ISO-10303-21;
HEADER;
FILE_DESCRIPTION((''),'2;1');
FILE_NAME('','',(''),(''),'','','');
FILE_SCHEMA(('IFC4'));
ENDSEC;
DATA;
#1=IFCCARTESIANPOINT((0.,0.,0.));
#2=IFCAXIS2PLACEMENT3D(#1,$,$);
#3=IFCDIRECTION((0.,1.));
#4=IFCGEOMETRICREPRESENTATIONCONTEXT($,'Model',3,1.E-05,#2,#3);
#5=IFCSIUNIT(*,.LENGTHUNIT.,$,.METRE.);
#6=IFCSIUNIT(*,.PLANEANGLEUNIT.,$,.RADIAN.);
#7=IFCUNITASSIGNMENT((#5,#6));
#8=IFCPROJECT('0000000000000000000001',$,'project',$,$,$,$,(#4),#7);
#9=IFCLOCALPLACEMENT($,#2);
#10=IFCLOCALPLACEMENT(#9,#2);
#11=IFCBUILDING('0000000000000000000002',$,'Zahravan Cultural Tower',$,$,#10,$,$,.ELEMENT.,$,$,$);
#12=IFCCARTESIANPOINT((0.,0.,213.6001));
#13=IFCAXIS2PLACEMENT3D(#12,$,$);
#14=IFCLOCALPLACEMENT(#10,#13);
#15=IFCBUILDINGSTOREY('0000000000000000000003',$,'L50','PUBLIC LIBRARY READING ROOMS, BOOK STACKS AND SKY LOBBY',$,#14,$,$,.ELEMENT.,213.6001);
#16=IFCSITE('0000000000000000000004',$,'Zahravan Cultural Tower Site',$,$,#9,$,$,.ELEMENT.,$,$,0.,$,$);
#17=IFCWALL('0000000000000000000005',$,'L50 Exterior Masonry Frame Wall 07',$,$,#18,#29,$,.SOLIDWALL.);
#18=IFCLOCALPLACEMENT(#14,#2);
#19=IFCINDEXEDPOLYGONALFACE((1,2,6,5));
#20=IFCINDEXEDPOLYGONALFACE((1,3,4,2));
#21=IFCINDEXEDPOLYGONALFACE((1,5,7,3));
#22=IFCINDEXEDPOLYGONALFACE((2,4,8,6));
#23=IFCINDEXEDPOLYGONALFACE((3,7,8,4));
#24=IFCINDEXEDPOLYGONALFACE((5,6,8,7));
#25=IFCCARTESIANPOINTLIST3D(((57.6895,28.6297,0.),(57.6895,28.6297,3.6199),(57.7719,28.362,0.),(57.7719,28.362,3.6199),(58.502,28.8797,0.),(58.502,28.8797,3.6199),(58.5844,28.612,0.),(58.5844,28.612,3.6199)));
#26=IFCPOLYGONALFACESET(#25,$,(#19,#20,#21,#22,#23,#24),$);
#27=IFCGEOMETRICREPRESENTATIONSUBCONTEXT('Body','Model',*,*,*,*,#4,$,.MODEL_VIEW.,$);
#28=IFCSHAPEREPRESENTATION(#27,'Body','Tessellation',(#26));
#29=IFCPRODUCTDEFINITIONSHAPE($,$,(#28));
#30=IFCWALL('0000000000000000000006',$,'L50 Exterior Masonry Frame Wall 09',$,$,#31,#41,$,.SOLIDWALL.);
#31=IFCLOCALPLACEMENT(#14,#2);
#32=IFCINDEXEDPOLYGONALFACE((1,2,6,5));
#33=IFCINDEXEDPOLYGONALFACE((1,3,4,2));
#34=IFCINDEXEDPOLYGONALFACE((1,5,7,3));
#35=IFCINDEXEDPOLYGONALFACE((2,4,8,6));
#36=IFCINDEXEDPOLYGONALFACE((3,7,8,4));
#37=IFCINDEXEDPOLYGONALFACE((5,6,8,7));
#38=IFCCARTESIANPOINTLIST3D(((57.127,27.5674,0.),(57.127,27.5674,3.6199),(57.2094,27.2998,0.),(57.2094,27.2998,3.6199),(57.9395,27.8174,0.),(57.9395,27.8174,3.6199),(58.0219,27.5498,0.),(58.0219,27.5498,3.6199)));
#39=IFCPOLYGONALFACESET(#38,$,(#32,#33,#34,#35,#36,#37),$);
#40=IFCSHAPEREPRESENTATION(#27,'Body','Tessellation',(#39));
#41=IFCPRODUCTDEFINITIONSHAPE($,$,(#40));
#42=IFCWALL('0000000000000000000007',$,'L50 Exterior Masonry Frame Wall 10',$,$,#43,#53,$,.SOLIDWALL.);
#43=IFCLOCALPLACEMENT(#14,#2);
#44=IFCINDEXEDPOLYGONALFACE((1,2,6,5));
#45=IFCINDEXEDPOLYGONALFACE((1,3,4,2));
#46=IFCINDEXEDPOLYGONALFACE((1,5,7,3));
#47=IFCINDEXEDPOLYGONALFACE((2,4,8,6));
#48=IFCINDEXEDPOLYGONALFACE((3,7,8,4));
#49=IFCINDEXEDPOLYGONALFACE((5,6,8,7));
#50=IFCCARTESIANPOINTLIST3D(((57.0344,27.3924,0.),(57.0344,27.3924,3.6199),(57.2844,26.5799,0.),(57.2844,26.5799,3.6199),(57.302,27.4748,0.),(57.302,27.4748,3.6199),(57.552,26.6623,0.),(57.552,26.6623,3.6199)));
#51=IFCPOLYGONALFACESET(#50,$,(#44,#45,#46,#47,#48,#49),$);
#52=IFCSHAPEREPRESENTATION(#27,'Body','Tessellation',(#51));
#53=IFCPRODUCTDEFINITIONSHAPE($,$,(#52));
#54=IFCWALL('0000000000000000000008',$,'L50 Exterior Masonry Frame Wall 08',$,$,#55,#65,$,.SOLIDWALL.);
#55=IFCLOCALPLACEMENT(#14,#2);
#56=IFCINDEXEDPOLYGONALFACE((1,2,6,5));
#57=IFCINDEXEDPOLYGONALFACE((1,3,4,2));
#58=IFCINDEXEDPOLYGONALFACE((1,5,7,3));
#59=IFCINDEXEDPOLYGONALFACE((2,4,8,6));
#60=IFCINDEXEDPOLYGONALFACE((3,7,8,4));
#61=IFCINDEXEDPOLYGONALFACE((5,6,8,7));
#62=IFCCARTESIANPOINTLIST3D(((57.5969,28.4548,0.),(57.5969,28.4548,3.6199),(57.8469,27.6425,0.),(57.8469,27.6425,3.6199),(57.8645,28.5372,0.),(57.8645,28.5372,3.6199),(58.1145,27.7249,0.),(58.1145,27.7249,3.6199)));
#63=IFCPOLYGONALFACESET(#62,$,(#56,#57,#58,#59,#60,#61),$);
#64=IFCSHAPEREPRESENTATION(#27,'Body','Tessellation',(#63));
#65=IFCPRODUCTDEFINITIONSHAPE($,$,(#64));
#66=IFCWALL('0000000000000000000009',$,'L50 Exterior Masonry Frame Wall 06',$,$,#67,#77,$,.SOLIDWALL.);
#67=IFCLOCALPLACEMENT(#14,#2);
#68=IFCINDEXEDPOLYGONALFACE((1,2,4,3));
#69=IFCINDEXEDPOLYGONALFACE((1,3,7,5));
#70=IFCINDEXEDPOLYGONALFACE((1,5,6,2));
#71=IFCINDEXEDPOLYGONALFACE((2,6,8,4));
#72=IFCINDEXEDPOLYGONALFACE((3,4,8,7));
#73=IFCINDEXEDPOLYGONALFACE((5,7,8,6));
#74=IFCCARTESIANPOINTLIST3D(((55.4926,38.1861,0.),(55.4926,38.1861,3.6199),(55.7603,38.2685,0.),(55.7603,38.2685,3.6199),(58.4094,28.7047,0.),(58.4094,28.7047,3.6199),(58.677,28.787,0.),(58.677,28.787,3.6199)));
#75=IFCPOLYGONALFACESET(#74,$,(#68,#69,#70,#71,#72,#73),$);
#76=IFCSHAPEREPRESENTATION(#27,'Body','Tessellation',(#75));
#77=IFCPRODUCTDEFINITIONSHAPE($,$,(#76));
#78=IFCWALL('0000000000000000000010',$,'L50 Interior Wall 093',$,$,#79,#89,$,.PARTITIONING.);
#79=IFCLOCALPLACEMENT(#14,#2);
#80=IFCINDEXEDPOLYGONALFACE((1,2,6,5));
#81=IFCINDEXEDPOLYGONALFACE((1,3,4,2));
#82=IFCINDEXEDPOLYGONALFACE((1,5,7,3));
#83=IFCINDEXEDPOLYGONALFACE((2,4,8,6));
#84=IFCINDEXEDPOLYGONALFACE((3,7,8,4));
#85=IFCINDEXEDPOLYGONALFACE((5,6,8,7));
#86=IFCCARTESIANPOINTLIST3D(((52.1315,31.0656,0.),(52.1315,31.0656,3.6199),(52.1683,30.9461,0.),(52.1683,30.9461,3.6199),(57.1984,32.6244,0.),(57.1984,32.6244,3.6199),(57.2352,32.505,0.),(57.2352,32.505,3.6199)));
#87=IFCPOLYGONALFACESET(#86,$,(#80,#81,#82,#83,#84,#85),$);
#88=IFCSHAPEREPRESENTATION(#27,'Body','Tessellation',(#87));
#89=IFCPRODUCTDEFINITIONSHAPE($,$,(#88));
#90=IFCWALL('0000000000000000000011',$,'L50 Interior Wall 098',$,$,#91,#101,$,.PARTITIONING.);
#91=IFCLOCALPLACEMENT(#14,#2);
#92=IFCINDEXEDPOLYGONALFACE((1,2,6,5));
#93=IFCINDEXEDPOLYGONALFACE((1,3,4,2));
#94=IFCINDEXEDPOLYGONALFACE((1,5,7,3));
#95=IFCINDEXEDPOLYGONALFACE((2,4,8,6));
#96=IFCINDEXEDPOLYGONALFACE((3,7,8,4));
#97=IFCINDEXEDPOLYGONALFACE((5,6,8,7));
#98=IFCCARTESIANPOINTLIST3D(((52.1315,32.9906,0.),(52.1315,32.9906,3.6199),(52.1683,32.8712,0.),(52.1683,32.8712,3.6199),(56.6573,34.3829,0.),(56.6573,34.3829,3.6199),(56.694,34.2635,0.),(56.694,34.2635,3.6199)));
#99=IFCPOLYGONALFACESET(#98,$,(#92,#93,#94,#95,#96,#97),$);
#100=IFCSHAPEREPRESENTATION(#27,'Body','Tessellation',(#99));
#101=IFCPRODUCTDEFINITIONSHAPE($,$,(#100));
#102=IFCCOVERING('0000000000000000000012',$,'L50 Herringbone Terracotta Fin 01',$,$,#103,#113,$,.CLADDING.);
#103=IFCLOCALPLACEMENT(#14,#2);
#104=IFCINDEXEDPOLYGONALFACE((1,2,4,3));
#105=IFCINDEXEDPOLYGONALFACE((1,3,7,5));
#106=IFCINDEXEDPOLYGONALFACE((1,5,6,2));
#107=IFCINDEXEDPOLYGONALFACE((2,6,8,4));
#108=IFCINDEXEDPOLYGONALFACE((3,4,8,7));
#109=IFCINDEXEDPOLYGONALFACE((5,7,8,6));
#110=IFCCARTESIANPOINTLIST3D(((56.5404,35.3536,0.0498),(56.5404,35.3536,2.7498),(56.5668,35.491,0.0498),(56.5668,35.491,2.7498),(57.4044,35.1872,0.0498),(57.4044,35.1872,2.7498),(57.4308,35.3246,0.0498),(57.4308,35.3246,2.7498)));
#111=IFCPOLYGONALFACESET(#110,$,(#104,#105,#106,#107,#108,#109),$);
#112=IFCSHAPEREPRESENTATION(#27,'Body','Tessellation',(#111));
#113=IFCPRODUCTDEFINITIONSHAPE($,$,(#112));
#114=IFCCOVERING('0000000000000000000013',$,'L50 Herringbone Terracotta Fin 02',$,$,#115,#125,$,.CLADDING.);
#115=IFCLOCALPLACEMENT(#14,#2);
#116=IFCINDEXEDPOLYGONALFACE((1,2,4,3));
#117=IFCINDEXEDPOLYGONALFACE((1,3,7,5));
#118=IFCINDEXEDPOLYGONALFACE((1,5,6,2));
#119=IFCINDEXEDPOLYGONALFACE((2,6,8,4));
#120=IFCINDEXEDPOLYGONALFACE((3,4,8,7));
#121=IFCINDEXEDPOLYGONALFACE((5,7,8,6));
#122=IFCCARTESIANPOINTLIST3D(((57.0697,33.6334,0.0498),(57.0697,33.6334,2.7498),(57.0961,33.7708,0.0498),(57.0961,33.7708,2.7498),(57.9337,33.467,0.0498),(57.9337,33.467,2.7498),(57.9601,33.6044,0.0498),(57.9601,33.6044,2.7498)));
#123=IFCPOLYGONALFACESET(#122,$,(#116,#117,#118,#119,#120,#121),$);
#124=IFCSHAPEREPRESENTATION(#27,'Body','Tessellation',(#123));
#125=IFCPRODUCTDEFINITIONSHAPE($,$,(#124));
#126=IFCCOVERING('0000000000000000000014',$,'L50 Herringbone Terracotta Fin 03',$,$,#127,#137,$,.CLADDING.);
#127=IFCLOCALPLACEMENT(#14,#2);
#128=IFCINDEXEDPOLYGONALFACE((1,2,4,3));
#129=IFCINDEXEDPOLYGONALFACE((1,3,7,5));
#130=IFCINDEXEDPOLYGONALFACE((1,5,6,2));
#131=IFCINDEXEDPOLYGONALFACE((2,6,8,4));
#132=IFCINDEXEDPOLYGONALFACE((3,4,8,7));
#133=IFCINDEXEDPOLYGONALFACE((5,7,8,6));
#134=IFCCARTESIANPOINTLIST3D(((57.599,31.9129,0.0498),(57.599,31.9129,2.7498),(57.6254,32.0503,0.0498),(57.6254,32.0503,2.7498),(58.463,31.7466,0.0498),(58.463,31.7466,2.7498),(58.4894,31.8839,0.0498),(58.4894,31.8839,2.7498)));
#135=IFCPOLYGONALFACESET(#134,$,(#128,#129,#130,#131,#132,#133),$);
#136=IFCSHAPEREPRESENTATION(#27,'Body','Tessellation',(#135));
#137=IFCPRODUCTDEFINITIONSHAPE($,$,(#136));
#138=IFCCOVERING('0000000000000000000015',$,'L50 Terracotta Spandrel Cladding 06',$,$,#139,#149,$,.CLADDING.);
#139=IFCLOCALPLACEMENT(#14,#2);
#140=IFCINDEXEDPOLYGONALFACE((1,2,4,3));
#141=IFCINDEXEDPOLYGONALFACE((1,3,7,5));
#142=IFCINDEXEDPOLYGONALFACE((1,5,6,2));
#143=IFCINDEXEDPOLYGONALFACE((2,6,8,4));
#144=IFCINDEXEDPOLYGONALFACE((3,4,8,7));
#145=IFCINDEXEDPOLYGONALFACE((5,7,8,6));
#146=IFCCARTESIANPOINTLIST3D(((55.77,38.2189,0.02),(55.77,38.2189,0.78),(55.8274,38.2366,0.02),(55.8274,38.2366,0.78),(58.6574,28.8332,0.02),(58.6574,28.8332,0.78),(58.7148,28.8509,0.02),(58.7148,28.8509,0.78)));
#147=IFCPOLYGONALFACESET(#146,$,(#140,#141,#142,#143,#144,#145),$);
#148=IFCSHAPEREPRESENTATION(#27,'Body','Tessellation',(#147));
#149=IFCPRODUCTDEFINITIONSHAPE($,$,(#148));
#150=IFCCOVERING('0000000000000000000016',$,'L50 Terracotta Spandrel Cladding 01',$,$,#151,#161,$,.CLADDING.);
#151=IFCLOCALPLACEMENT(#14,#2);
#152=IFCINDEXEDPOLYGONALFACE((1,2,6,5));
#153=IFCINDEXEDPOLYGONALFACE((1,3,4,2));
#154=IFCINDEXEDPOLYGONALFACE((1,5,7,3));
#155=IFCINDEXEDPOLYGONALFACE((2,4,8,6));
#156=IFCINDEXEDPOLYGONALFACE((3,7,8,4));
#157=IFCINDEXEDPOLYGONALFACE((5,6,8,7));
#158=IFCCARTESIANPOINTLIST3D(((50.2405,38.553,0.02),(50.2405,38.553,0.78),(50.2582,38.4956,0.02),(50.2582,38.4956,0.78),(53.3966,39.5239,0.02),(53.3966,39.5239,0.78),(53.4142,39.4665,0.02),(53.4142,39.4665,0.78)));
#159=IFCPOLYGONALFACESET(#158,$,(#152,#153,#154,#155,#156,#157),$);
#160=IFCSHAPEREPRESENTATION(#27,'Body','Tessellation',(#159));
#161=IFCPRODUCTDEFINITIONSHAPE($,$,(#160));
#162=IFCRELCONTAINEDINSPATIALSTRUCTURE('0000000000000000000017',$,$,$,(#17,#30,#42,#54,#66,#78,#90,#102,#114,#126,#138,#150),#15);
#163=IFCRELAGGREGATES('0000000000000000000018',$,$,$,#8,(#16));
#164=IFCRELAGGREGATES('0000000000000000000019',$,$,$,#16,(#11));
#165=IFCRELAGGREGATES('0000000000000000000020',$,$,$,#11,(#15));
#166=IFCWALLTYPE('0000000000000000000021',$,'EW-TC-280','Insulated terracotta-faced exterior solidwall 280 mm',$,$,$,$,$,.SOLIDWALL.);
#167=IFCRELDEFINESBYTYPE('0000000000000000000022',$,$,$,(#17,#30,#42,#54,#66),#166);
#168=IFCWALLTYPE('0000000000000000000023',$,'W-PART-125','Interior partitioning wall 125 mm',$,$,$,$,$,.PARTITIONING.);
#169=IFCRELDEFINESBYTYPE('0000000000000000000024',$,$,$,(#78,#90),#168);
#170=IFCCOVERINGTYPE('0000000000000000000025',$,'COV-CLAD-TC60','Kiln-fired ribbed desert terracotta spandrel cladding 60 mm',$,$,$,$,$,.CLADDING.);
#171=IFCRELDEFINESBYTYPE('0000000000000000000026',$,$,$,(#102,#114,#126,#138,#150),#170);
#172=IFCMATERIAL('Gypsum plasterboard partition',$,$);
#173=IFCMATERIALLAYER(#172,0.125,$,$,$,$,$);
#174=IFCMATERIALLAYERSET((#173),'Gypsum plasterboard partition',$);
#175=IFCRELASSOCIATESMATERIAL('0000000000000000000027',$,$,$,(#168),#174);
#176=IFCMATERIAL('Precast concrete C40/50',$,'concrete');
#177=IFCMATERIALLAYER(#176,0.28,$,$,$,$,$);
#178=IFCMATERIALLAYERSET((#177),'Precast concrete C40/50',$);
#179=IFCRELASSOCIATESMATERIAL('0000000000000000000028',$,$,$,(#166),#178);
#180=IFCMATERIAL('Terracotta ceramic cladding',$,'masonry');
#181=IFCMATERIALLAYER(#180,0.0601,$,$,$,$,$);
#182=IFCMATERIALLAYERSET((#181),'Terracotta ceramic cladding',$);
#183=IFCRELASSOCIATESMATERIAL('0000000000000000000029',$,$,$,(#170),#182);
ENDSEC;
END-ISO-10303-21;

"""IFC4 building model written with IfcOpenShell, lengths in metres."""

from ifc_helpers import new_model, si_unit, direction, frame, frame_2d, origin, origin_2d, place, context, subcontext, project, spatial, rectangle, extrude, source, transform, mapped, material, layer, layer_set, type_object, element, save


model = new_model("IFC4")

# Units and contexts
model_context = context("Model", 3, precision=1e-05, world=origin(), true_north=direction((0.0, 1.0)))
body_context = subcontext(model_context, "Body", "Model", "MODEL_VIEW")
ifc_project = project(units=[si_unit("LENGTHUNIT", "METRE"), si_unit("PLANEANGLEUNIT", "RADIAN")], contexts=[model_context])

# Site, building, storey
site_placement = place(None, origin())
site = spatial("IfcSite", under=ifc_project, at=site_placement, Name="Zahravan Cultural Tower Site", CompositionType="ELEMENT", RefElevation=0.0)
building_placement = place(site_placement, origin())
building = spatial("IfcBuilding", under=site, at=building_placement, Name="Zahravan Cultural Tower", CompositionType="ELEMENT")
storey_placement = place(building_placement, frame((0.0, 0.0, 213.6001)))
storey = spatial("IfcBuildingStorey", under=building, at=storey_placement, Name="L50", Description="PUBLIC LIBRARY READING ROOMS, BOOK STACKS AND SKY LOBBY", CompositionType="ELEMENT", Elevation=213.6001)

# Shared definitions
ifc_material_1 = material(Name="Gypsum plasterboard partition")
ifc_layer_1 = layer(ifc_material_1, 0.125)
ifc_layer_set_1 = layer_set([ifc_layer_1], Name="Gypsum plasterboard partition")
wall_type_1 = type_object("IfcWallType", Name="W-PART-125", Description="Interior partitioning wall 125 mm", PredefinedType="PARTITIONING", material=ifc_layer_set_1)

# Walls
ifc_material_2 = material(Name="Precast concrete C40/50", Category="concrete")
ifc_layer_2 = layer(ifc_material_2, 0.28)
ifc_layer_set_2 = layer_set([ifc_layer_2], Name="Precast concrete C40/50")
wall_type_2 = type_object("IfcWallType", Name="EW-TC-280", Description="Insulated terracotta-faced exterior solidwall 280 mm", PredefinedType="SOLIDWALL", material=ifc_layer_set_2)
shared_shape_1 = source(origin(), body_context, "Body", "SweptSolid", [
    extrude(rectangle(XDim=0.8501, YDim=0.28, at=frame_2d((0.425, 0.0))), origin(), (0.0, 0.0, 1.0), 3.6199),
])
for number, where, z_axis, x_axis, name in (
    (1, (58.5432, 28.7458, 0.0), (0.0, 0.0, 1.0), (-0.955779, -0.294086, 0.0), "L50 Exterior Masonry Frame Wall 07"),
    (2, (57.9807, 27.6836, 0.0), (0.0, 0.0, 1.0), (-0.955779, -0.294086, 0.0), "L50 Exterior Masonry Frame Wall 09"),
    (3, (57.1682, 27.4336, 0.0), (0.0, 0.0, 1.0), (0.294086, -0.955779, 0.0), "L50 Exterior Masonry Frame Wall 10"),
):
    element("IfcWall", number, at=place(storey_placement, frame(where, z_axis=z_axis, x_axis=x_axis)), inside=storey, type_object=wall_type_2, Name=name, PredefinedType="SOLIDWALL", context=body_context, shape_type="MappedRepresentation", body=[
        mapped(shared_shape_1, transform((0.0, 0.0, 0.0), x_axis=(1.0, 0.0, 0.0), y_axis=(0.0, 1.0, 0.0), z_axis=(0.0, 0.0, 1.0), scale=1.0)),
    ])
shared_shape_2 = source(origin(), body_context, "Body", "SweptSolid", [
    extrude(rectangle(XDim=0.8499, YDim=0.28, at=frame_2d((0.4248, 0.0))), origin(), (0.0, 0.0, 1.0), 3.6199),
])
wall_1_placement = place(storey_placement, frame((57.7307, 28.4958, 0.0), z_axis=(0.0, 0.0, 1.0), x_axis=(0.294167, -0.955754, 0.0)))
element("IfcWall", 4, at=wall_1_placement, inside=storey, type_object=wall_type_2, Name="L50 Exterior Masonry Frame Wall 08", PredefinedType="SOLIDWALL", context=body_context, shape_type="MappedRepresentation", body=[
    mapped(shared_shape_2, transform((0.0, 0.0, 0.0), x_axis=(1.0, 0.0, 0.0), y_axis=(0.0, 1.0, 0.0), z_axis=(0.0, 0.0, 1.0), scale=1.0)),
])
shared_shape_3 = source(origin(), body_context, "Body", "SweptSolid", [
    extrude(rectangle(XDim=9.9199, YDim=0.28, at=frame_2d((4.96, 0.0))), origin(), (0.0, 0.0, 1.0), 3.6199),
])
wall_2_placement = place(storey_placement, frame((55.6265, 38.2273, 0.0), z_axis=(0.0, 0.0, 1.0), x_axis=(0.294029, -0.955797, 0.0)))
element("IfcWall", 5, at=wall_2_placement, inside=storey, type_object=wall_type_2, Name="L50 Exterior Masonry Frame Wall 06", PredefinedType="SOLIDWALL", context=body_context, shape_type="MappedRepresentation", body=[
    mapped(shared_shape_3, transform((0.0, 0.0, 0.0), x_axis=(1.0, 0.0, 0.0), y_axis=(0.0, 1.0, 0.0), z_axis=(0.0, 0.0, 1.0), scale=1.0)),
])
shared_shape_4 = source(origin(), body_context, "Body", "SweptSolid", [
    extrude(rectangle(XDim=5.3013, YDim=0.125, at=frame_2d((2.6506, 0.0))), origin(), (0.0, 0.0, 1.0), 3.6199),
])
wall_3_placement = place(storey_placement, frame((52.1499, 31.0059, 0.0), z_axis=(0.0, 0.0, 1.0), x_axis=(0.95579, 0.29405, 0.0)))
element("IfcWall", 6, at=wall_3_placement, inside=storey, type_object=wall_type_1, Name="L50 Interior Wall 093", PredefinedType="PARTITIONING", context=body_context, shape_type="MappedRepresentation", body=[
    mapped(shared_shape_4, transform((0.0, 0.0, 0.0), x_axis=(1.0, 0.0, 0.0), y_axis=(0.0, 1.0, 0.0), z_axis=(0.0, 0.0, 1.0), scale=1.0)),
])
shared_shape_5 = source(origin(), body_context, "Body", "SweptSolid", [
    extrude(rectangle(XDim=4.7351, YDim=0.125, at=frame_2d((2.3677, 0.0))), origin(), (0.0, 0.0, 1.0), 3.6199),
])
wall_4_placement = place(storey_placement, frame((56.6758, 34.3232, 0.0), z_axis=(0.0, 0.0, 1.0), x_axis=(-0.955793, -0.294039, 0.0)))
element("IfcWall", 7, at=wall_4_placement, inside=storey, type_object=wall_type_1, Name="L50 Interior Wall 098", PredefinedType="PARTITIONING", context=body_context, shape_type="MappedRepresentation", body=[
    mapped(shared_shape_5, transform((0.0, 0.0, 0.0), x_axis=(1.0, 0.0, 0.0), y_axis=(0.0, 1.0, 0.0), z_axis=(0.0, 0.0, 1.0), scale=1.0)),
])

# Coverings
ifc_material_3 = material(Name="Terracotta ceramic cladding", Category="masonry")
ifc_layer_3 = layer(ifc_material_3, 0.0601)
ifc_layer_set_3 = layer_set([ifc_layer_3], Name="Terracotta ceramic cladding")
covering_type = type_object("IfcCoveringType", Name="COV-CLAD-TC60", Description="Kiln-fired ribbed desert terracotta spandrel cladding 60 mm", PredefinedType="CLADDING", material=ifc_layer_set_3)
shared_shape_6 = source(origin(), body_context, "Body", "SweptSolid", [
    extrude(rectangle(XDim=0.8799, YDim=0.1399, at=origin_2d()), origin(), (0.0, 0.0, 1.0), 2.7),
])
for number, where, z_axis, x_axis, name in (
    (8, (56.9856, 35.3391, 0.0498), (0.0, 0.0, 1.0), (0.981959, -0.189095, 0.0), "L50 Herringbone Terracotta Fin 01"),
    (9, (57.5149, 33.6189, 0.0498), (0.0, 0.0, 1.0), (0.981959, -0.189095, 0.0), "L50 Herringbone Terracotta Fin 02"),
    (10, (58.0442, 31.8984, 0.0498), (0.0, 0.0, 1.0), (0.981959, -0.189095, 0.0), "L50 Herringbone Terracotta Fin 03"),
):
    element("IfcCovering", number, at=place(storey_placement, frame(where, z_axis=z_axis, x_axis=x_axis)), inside=storey, type_object=covering_type, Name=name, PredefinedType="CLADDING", context=body_context, shape_type="MappedRepresentation", body=[
        mapped(shared_shape_6, transform((0.0, 0.0, 0.0), x_axis=(1.0, 0.0, 0.0), y_axis=(0.0, 1.0, 0.0), z_axis=(0.0, 0.0, 1.0), scale=1.0)),
    ])
shared_shape_7 = source(origin(), body_context, "Body", "SweptSolid", [
    extrude(rectangle(XDim=9.8198, YDim=0.0601, at=origin_2d()), origin(), (0.0, 0.0, 1.0), 0.76),
])
covering_1_placement = place(storey_placement, frame((57.2424, 33.5349, 0.02), z_axis=(0.0, 0.0, 1.0), x_axis=(0.29404, -0.955793, 0.0)))
element("IfcCovering", 11, at=covering_1_placement, inside=storey, type_object=covering_type, Name="L50 Terracotta Spandrel Cladding 06", PredefinedType="CLADDING", context=body_context, shape_type="MappedRepresentation", body=[
    mapped(shared_shape_7, transform((0.0, 0.0, 0.0), x_axis=(1.0, 0.0, 0.0), y_axis=(0.0, 1.0, 0.0), z_axis=(0.0, 0.0, 1.0), scale=1.0)),
])
shared_shape_8 = source(origin(), body_context, "Body", "SweptSolid", [
    extrude(rectangle(XDim=3.302, YDim=0.0601, at=origin_2d()), origin(), (0.0, 0.0, 1.0), 0.76),
])
covering_2_placement = place(storey_placement, frame((51.8274, 39.0098, 0.02), z_axis=(0.0, 0.0, 1.0), x_axis=(0.955793, 0.29404, 0.0)))
element("IfcCovering", 12, at=covering_2_placement, inside=storey, type_object=covering_type, Name="L50 Terracotta Spandrel Cladding 01", PredefinedType="CLADDING", context=body_context, shape_type="MappedRepresentation", body=[
    mapped(shared_shape_8, transform((0.0, 0.0, 0.0), x_axis=(1.0, 0.0, 0.0), y_axis=(0.0, 1.0, 0.0), z_axis=(0.0, 0.0, 1.0), scale=1.0)),
])

save(model, "model.ifc")
